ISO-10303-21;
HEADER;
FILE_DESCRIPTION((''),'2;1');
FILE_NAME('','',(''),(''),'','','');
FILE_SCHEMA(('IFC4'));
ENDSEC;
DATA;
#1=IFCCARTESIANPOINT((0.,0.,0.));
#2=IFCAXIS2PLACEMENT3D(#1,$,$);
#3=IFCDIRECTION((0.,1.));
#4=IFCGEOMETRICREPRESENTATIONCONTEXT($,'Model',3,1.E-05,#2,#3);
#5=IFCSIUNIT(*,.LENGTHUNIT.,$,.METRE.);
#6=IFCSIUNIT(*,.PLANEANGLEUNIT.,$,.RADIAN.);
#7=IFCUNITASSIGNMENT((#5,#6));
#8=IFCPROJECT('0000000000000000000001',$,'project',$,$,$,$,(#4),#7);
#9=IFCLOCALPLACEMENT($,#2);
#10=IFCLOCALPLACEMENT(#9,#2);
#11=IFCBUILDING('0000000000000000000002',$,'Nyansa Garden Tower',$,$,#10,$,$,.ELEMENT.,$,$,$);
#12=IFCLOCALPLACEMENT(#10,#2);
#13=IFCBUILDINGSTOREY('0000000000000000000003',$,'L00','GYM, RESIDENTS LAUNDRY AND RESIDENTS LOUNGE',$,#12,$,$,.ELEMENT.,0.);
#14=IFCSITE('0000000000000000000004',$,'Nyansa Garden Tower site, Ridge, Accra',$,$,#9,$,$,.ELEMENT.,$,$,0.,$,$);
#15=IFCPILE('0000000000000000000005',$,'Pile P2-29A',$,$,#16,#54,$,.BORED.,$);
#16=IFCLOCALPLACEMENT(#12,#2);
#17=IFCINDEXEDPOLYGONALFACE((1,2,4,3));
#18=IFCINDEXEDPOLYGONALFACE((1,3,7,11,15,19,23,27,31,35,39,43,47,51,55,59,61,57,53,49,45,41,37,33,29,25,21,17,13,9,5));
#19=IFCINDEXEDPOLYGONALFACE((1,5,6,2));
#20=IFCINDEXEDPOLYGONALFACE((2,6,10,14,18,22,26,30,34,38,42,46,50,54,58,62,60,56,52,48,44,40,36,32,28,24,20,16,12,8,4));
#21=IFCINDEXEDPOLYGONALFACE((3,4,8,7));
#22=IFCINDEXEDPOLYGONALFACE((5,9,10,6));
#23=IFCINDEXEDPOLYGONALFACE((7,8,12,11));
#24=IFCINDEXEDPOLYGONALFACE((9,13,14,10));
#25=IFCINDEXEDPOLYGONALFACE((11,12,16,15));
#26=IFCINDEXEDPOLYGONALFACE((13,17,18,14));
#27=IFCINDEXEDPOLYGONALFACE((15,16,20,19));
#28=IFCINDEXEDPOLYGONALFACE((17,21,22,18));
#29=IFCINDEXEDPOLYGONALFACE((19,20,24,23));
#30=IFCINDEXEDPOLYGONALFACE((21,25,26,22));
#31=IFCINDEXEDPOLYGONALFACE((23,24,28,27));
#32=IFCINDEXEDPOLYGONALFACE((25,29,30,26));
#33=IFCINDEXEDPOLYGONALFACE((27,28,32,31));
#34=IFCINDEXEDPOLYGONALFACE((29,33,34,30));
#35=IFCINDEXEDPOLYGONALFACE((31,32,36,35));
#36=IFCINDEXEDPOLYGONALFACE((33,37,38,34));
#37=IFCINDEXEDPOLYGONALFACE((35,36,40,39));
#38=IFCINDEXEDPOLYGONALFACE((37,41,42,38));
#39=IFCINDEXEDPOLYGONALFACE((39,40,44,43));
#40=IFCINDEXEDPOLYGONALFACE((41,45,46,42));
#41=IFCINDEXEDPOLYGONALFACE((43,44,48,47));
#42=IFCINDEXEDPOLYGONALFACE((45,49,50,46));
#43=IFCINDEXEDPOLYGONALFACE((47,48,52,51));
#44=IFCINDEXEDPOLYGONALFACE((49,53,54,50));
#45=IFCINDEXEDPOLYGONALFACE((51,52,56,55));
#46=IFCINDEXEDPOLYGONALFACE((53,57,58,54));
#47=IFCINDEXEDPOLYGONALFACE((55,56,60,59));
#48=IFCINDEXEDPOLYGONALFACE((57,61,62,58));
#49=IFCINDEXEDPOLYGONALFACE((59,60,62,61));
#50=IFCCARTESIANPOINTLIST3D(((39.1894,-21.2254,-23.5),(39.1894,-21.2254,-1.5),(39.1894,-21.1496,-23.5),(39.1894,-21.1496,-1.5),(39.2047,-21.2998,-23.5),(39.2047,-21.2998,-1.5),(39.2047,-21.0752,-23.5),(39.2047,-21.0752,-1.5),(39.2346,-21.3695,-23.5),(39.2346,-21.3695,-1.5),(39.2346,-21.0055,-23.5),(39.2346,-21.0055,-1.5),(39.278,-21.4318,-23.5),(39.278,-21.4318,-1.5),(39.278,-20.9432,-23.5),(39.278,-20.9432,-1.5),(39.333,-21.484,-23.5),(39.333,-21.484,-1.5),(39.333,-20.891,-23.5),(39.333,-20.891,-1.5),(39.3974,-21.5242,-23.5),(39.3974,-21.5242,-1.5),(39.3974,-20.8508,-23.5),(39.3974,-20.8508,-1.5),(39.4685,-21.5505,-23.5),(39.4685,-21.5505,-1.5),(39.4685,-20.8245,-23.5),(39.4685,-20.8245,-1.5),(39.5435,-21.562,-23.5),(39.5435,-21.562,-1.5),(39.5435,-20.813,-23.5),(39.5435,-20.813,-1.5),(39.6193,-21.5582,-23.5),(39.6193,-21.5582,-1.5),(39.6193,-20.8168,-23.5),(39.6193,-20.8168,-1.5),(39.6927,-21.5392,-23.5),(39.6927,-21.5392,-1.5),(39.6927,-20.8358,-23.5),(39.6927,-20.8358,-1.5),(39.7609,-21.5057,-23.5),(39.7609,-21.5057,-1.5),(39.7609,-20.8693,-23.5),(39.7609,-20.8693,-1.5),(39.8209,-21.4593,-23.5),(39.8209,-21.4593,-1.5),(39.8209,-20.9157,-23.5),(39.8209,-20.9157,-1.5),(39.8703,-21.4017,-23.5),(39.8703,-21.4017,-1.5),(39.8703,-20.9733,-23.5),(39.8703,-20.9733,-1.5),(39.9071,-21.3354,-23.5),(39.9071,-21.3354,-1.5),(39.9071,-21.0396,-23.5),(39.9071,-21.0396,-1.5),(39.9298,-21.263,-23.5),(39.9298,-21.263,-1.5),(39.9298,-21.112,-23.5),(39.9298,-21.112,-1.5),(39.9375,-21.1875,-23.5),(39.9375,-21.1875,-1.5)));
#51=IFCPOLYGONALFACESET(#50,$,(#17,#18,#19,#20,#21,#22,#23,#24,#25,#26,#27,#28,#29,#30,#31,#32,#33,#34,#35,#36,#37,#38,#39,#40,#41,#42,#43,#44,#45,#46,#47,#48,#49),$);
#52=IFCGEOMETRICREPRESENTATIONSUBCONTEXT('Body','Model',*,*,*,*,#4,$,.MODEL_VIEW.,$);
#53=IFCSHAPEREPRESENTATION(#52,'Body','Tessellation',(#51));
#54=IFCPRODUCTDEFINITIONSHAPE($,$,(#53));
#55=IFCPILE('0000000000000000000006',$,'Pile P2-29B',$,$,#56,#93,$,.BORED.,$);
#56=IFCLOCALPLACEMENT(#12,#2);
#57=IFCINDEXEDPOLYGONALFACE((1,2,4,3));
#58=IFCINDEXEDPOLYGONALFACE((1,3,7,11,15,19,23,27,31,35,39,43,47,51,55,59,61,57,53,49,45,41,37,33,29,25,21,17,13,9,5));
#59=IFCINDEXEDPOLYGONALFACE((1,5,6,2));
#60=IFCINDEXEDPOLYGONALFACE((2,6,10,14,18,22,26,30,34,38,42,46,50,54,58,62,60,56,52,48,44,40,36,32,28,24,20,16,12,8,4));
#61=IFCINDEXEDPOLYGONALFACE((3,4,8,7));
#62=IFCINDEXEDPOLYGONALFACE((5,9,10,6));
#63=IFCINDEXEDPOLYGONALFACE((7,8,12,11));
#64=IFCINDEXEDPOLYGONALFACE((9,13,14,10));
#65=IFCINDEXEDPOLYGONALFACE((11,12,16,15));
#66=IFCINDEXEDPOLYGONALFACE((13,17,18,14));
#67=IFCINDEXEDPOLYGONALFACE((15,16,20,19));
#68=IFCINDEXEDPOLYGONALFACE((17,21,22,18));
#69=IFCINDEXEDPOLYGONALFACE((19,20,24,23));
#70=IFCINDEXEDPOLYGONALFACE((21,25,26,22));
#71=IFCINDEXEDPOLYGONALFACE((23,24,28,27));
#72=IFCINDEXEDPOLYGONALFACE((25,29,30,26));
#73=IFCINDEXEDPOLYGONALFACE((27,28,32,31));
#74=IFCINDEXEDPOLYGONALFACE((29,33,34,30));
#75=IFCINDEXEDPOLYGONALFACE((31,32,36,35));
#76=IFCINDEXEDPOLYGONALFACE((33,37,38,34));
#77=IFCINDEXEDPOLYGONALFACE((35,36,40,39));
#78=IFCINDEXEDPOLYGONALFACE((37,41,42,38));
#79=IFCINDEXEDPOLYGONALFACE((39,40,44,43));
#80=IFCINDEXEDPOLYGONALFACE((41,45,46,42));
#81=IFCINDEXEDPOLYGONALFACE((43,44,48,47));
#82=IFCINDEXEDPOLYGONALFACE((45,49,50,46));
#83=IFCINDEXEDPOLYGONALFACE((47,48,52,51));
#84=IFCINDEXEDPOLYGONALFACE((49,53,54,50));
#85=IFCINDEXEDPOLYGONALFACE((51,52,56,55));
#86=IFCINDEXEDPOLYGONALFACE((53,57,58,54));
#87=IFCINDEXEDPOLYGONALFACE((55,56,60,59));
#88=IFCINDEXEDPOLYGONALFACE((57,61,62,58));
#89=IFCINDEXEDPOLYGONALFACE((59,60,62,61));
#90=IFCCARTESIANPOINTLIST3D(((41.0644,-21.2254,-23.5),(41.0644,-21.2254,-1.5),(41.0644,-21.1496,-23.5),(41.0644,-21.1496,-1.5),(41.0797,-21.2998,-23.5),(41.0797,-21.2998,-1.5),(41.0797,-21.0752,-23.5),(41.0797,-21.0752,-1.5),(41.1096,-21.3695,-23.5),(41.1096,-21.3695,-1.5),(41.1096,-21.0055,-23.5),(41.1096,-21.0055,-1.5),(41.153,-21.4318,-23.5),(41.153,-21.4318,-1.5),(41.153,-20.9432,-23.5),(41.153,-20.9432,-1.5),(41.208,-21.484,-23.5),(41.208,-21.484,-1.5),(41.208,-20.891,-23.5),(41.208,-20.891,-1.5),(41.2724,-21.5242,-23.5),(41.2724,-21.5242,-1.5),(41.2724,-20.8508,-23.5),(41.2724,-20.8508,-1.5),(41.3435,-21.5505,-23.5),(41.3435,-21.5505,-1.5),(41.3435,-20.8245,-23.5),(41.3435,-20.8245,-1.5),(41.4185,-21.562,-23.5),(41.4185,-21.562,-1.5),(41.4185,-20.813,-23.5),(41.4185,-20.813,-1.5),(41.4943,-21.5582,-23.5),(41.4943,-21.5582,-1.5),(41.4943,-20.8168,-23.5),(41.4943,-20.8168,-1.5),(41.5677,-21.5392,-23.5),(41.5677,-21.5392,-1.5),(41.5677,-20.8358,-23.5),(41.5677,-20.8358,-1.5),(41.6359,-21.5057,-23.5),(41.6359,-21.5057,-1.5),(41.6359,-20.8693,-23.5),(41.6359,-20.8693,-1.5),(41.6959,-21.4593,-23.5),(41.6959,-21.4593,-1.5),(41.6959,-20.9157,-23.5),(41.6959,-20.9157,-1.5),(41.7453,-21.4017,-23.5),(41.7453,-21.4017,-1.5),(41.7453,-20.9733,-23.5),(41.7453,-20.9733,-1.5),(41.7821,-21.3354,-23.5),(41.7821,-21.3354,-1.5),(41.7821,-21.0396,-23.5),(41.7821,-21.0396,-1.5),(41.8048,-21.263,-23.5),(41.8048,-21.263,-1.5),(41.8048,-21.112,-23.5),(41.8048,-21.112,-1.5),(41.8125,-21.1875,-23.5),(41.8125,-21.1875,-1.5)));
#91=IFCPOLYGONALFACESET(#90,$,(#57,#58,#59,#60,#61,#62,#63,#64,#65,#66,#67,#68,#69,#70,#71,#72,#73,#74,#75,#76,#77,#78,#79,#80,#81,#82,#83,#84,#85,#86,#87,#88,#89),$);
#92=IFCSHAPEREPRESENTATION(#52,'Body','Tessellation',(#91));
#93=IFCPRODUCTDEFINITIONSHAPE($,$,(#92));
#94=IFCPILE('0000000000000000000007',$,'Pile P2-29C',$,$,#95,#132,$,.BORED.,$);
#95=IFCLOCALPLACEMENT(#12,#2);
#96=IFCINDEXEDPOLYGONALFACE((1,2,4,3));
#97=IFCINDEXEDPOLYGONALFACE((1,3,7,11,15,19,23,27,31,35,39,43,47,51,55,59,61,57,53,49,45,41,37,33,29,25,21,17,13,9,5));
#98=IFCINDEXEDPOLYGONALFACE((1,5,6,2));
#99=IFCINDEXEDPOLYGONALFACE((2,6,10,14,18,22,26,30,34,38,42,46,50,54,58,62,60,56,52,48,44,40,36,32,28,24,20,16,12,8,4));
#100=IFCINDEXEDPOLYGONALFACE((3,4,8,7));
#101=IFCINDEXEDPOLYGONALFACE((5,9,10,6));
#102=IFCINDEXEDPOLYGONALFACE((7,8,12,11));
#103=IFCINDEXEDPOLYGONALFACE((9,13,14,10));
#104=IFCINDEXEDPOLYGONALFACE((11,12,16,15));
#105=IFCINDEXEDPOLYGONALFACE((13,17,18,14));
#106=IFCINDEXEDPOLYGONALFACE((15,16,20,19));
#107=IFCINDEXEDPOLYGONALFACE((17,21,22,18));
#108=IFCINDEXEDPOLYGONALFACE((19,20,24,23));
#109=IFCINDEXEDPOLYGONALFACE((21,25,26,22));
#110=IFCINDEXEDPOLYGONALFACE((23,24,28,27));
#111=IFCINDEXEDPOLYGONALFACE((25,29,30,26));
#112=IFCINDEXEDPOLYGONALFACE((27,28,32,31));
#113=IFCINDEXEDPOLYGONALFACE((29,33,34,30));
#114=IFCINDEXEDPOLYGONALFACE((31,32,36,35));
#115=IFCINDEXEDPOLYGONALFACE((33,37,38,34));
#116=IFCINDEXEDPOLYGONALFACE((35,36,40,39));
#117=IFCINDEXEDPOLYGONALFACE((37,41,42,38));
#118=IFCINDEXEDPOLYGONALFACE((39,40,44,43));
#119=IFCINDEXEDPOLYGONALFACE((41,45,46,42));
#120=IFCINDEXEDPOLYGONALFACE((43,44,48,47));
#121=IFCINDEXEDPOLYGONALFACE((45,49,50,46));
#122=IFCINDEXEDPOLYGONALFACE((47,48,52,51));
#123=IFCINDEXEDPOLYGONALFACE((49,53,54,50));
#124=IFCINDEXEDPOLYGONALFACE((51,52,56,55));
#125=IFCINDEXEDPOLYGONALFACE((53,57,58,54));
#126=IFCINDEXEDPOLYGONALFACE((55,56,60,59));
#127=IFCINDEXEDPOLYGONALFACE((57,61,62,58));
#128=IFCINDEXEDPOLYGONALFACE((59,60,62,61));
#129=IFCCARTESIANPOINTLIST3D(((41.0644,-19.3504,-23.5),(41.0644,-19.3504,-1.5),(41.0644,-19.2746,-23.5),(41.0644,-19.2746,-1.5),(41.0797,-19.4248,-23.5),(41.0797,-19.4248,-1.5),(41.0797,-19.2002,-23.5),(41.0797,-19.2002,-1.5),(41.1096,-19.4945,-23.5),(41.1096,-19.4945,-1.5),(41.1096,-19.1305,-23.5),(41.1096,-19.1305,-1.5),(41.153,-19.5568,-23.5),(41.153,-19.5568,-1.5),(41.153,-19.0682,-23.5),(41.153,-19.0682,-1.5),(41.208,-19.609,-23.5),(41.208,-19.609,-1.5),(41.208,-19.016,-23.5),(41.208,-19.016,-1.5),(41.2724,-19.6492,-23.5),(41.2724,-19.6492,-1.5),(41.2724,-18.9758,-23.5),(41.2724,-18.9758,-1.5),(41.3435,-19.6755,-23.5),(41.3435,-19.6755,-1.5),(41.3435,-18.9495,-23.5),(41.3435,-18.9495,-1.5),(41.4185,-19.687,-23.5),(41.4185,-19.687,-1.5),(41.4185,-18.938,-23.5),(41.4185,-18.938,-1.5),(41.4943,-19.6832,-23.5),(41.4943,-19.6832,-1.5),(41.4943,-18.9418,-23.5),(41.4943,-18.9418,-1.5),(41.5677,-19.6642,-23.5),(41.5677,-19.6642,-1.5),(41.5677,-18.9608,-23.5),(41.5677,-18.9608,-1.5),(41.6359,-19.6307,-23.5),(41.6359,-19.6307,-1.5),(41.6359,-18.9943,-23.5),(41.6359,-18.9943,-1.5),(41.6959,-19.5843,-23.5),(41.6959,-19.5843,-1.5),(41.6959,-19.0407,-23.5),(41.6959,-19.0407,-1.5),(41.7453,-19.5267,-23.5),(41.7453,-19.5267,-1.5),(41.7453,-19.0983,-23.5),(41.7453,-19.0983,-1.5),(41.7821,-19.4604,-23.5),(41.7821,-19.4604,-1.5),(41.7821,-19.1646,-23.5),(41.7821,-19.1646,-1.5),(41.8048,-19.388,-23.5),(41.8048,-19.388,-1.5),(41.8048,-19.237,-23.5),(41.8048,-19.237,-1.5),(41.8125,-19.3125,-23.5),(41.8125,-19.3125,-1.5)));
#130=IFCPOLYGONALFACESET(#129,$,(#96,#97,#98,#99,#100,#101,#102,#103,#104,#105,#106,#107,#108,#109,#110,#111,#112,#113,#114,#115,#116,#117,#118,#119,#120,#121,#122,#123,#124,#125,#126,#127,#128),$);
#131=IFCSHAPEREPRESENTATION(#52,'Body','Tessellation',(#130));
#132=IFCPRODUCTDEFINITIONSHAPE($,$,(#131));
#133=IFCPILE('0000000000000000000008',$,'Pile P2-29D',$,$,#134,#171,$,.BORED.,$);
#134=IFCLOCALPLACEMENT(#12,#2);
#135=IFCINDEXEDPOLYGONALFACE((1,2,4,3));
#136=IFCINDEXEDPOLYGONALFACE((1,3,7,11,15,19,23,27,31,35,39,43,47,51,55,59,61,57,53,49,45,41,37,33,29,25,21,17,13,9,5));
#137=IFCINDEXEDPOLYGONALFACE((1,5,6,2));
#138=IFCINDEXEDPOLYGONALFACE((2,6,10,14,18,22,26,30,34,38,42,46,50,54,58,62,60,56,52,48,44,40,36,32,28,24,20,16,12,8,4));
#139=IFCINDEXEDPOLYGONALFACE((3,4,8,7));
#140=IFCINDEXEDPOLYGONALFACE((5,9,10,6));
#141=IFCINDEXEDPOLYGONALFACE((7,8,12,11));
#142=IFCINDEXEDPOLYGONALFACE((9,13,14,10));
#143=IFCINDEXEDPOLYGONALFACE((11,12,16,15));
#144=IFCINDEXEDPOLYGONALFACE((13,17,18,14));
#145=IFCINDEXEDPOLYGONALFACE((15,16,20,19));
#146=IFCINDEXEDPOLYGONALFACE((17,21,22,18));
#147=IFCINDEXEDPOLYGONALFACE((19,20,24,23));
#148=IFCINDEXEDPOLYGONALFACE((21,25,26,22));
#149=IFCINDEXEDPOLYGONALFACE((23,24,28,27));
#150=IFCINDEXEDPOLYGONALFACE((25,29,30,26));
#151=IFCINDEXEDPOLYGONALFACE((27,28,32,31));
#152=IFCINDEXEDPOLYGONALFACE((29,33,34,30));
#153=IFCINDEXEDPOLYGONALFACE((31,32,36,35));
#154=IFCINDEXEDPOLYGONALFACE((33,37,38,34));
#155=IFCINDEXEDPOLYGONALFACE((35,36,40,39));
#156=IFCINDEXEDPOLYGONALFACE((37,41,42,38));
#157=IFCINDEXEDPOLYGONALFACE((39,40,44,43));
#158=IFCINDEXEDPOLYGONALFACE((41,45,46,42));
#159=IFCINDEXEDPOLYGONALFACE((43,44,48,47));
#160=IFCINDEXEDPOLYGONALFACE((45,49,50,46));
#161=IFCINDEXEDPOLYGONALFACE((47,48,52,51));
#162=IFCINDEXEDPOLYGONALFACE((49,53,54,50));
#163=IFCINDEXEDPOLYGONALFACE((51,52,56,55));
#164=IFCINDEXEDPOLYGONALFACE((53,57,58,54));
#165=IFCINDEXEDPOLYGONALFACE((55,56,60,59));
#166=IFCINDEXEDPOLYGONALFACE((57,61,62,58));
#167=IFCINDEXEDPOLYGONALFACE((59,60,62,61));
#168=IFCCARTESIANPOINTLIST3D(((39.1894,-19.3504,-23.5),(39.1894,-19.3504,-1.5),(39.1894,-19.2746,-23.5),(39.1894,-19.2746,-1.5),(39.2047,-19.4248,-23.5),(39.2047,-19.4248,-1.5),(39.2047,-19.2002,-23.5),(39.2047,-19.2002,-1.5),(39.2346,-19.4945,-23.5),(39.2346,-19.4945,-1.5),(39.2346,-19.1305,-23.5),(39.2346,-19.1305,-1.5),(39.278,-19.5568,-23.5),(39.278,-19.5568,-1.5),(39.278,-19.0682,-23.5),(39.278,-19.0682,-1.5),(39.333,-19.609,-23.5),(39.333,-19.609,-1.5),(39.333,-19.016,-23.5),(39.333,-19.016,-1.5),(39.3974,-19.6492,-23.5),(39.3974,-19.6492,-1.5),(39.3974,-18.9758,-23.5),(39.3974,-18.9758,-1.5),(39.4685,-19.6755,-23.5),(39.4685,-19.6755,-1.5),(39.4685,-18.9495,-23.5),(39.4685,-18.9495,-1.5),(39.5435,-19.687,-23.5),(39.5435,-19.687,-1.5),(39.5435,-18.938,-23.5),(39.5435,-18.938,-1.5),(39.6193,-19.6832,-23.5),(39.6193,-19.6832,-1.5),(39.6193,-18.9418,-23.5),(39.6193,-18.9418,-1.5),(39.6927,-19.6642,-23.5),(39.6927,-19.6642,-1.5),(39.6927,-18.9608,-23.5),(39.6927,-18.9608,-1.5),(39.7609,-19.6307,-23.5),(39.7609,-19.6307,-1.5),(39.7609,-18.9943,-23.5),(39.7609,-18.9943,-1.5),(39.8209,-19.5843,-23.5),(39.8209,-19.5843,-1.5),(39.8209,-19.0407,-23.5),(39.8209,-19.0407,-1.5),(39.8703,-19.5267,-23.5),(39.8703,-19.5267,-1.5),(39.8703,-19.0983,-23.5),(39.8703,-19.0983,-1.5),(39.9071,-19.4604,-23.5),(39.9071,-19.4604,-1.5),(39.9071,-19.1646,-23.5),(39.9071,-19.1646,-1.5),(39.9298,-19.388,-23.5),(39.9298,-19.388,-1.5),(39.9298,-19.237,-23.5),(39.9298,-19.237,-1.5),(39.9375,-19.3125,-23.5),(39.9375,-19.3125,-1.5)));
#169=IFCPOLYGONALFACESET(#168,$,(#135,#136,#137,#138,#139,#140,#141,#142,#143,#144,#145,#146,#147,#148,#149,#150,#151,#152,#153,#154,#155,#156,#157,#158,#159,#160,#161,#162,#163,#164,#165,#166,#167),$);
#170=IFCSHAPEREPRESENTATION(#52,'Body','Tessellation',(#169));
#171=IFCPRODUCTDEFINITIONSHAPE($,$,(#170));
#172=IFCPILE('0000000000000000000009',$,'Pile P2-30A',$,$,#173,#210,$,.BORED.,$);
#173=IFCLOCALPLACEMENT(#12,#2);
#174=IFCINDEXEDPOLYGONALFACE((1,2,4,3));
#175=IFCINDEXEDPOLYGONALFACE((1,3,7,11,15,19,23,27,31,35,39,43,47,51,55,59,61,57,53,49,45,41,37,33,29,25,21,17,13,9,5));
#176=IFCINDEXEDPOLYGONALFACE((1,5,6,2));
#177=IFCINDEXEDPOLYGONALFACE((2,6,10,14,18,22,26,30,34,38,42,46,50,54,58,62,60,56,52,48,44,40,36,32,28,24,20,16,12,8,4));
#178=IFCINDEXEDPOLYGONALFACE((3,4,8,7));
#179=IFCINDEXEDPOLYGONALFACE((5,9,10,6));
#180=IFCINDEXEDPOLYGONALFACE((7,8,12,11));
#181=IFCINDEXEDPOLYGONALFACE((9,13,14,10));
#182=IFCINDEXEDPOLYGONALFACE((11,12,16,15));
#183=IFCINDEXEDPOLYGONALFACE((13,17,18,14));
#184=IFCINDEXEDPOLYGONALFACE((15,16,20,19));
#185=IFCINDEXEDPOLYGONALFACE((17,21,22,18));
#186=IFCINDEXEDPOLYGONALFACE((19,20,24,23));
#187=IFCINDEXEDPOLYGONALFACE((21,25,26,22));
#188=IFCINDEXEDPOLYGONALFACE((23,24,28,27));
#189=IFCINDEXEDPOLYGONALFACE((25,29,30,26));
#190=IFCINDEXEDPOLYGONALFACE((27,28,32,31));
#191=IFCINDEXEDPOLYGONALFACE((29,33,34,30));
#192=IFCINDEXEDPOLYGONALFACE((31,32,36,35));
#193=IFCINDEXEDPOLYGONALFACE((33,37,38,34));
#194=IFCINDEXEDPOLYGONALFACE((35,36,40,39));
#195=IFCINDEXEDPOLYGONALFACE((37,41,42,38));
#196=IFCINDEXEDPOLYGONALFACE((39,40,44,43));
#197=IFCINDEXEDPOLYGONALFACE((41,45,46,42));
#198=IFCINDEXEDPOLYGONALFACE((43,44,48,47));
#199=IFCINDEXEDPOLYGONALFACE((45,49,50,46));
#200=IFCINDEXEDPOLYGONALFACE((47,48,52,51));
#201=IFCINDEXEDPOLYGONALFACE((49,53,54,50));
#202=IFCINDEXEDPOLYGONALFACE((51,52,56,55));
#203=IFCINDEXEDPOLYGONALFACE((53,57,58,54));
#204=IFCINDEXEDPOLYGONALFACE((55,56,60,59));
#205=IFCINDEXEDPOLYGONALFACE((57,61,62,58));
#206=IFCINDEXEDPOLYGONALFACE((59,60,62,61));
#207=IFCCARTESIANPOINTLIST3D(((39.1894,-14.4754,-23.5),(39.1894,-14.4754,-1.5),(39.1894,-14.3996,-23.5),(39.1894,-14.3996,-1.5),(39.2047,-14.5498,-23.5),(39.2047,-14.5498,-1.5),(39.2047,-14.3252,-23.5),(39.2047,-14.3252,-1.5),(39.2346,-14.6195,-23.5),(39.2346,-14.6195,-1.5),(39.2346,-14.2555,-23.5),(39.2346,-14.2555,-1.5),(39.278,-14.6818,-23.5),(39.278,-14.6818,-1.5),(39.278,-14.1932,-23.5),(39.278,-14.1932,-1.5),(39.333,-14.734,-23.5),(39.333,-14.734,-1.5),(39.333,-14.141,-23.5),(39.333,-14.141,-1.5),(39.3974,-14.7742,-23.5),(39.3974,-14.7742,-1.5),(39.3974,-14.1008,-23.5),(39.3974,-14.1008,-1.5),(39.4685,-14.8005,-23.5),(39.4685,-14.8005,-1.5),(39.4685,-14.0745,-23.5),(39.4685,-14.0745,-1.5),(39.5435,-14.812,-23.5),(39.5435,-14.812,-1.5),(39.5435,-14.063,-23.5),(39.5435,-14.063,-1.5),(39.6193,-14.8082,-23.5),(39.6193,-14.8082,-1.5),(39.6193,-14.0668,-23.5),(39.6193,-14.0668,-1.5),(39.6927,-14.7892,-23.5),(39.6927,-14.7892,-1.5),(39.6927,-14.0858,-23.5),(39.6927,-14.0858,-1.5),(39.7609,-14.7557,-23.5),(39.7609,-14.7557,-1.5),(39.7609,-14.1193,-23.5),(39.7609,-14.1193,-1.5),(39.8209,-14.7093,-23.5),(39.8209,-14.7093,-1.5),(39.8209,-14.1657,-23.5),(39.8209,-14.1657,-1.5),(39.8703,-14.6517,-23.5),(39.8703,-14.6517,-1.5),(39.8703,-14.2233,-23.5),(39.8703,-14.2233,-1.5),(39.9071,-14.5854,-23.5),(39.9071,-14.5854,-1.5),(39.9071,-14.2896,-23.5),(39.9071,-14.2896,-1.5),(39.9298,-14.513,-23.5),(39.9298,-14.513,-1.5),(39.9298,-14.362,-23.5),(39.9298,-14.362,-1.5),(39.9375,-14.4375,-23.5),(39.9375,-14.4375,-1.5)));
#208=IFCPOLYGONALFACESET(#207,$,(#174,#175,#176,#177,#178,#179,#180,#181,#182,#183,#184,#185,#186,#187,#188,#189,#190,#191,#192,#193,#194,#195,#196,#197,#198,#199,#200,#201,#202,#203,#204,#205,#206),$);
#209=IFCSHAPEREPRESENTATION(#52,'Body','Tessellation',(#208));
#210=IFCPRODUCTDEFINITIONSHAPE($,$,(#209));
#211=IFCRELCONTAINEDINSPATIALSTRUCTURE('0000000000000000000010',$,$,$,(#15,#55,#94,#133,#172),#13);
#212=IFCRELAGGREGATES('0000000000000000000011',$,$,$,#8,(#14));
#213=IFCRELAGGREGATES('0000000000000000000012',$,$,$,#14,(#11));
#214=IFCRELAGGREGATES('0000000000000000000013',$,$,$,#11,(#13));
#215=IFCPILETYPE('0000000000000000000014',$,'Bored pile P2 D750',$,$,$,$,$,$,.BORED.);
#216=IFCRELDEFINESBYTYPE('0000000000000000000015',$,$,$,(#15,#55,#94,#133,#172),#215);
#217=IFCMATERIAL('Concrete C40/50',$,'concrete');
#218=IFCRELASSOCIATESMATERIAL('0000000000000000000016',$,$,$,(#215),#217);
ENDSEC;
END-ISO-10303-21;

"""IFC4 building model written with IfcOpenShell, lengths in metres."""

from ifc_helpers import new_model, si_unit, direction, frame, origin, origin_2d, place, context, subcontext, project, spatial, circle, extrude, material, type_object, element, save


model = new_model("IFC4")

# Units and contexts
model_context = context("Model", 3, precision=1e-05, world=origin(), true_north=direction((0.0, 1.0)))
body_context = subcontext(model_context, "Body", "Model", "MODEL_VIEW")
ifc_project = project(units=[si_unit("LENGTHUNIT", "METRE"), si_unit("PLANEANGLEUNIT", "RADIAN")], contexts=[model_context])

# Site, building, storey
site_placement = place(None, origin())
site = spatial("IfcSite", under=ifc_project, at=site_placement, Name="Nyansa Garden Tower site, Ridge, Accra", CompositionType="ELEMENT", RefElevation=0.0)
building_placement = place(site_placement, origin())
building = spatial("IfcBuilding", under=site, at=building_placement, Name="Nyansa Garden Tower", CompositionType="ELEMENT")
storey_placement = place(building_placement, origin())
storey = spatial("IfcBuildingStorey", under=building, at=storey_placement, Name="L00", Description="GYM, RESIDENTS LAUNDRY AND RESIDENTS LOUNGE", CompositionType="ELEMENT", Elevation=0.0)

# Piles
ifc_material_1 = material(Name="Concrete C40/50", Category="concrete")
pile_type = type_object("IfcPileType", Name="Bored pile P2 D750", PredefinedType="BORED", material=ifc_material_1)
for number, where, z_axis, x_axis, name in (
    (1, (39.5625, -21.1875, -1.5), (0.0, 0.0, -1.0), (1.0, 0.0, 0.0), "Pile P2-29A"),
    (2, (41.4375, -21.1875, -1.5), (0.0, 0.0, -1.0), (1.0, 0.0, 0.0), "Pile P2-29B"),
    (3, (41.4375, -19.3125, -1.5), (0.0, 0.0, -1.0), (1.0, 0.0, 0.0), "Pile P2-29C"),
    (4, (39.5625, -19.3125, -1.5), (0.0, 0.0, -1.0), (1.0, 0.0, 0.0), "Pile P2-29D"),
    (5, (39.5625, -14.4375, -1.5), (0.0, 0.0, -1.0), (1.0, 0.0, 0.0), "Pile P2-30A"),
):
    element("IfcPile", number, at=place(storey_placement, frame(where, z_axis=z_axis, x_axis=x_axis)), inside=storey, type_object=pile_type, Name=name, PredefinedType="BORED", context=body_context, shape_type="SweptSolid", body=[
        extrude(circle(Radius=0.375, at=origin_2d()), origin(), (0.0, 0.0, 1.0), 22.0),
    ])

save(model, "model.ifc")
